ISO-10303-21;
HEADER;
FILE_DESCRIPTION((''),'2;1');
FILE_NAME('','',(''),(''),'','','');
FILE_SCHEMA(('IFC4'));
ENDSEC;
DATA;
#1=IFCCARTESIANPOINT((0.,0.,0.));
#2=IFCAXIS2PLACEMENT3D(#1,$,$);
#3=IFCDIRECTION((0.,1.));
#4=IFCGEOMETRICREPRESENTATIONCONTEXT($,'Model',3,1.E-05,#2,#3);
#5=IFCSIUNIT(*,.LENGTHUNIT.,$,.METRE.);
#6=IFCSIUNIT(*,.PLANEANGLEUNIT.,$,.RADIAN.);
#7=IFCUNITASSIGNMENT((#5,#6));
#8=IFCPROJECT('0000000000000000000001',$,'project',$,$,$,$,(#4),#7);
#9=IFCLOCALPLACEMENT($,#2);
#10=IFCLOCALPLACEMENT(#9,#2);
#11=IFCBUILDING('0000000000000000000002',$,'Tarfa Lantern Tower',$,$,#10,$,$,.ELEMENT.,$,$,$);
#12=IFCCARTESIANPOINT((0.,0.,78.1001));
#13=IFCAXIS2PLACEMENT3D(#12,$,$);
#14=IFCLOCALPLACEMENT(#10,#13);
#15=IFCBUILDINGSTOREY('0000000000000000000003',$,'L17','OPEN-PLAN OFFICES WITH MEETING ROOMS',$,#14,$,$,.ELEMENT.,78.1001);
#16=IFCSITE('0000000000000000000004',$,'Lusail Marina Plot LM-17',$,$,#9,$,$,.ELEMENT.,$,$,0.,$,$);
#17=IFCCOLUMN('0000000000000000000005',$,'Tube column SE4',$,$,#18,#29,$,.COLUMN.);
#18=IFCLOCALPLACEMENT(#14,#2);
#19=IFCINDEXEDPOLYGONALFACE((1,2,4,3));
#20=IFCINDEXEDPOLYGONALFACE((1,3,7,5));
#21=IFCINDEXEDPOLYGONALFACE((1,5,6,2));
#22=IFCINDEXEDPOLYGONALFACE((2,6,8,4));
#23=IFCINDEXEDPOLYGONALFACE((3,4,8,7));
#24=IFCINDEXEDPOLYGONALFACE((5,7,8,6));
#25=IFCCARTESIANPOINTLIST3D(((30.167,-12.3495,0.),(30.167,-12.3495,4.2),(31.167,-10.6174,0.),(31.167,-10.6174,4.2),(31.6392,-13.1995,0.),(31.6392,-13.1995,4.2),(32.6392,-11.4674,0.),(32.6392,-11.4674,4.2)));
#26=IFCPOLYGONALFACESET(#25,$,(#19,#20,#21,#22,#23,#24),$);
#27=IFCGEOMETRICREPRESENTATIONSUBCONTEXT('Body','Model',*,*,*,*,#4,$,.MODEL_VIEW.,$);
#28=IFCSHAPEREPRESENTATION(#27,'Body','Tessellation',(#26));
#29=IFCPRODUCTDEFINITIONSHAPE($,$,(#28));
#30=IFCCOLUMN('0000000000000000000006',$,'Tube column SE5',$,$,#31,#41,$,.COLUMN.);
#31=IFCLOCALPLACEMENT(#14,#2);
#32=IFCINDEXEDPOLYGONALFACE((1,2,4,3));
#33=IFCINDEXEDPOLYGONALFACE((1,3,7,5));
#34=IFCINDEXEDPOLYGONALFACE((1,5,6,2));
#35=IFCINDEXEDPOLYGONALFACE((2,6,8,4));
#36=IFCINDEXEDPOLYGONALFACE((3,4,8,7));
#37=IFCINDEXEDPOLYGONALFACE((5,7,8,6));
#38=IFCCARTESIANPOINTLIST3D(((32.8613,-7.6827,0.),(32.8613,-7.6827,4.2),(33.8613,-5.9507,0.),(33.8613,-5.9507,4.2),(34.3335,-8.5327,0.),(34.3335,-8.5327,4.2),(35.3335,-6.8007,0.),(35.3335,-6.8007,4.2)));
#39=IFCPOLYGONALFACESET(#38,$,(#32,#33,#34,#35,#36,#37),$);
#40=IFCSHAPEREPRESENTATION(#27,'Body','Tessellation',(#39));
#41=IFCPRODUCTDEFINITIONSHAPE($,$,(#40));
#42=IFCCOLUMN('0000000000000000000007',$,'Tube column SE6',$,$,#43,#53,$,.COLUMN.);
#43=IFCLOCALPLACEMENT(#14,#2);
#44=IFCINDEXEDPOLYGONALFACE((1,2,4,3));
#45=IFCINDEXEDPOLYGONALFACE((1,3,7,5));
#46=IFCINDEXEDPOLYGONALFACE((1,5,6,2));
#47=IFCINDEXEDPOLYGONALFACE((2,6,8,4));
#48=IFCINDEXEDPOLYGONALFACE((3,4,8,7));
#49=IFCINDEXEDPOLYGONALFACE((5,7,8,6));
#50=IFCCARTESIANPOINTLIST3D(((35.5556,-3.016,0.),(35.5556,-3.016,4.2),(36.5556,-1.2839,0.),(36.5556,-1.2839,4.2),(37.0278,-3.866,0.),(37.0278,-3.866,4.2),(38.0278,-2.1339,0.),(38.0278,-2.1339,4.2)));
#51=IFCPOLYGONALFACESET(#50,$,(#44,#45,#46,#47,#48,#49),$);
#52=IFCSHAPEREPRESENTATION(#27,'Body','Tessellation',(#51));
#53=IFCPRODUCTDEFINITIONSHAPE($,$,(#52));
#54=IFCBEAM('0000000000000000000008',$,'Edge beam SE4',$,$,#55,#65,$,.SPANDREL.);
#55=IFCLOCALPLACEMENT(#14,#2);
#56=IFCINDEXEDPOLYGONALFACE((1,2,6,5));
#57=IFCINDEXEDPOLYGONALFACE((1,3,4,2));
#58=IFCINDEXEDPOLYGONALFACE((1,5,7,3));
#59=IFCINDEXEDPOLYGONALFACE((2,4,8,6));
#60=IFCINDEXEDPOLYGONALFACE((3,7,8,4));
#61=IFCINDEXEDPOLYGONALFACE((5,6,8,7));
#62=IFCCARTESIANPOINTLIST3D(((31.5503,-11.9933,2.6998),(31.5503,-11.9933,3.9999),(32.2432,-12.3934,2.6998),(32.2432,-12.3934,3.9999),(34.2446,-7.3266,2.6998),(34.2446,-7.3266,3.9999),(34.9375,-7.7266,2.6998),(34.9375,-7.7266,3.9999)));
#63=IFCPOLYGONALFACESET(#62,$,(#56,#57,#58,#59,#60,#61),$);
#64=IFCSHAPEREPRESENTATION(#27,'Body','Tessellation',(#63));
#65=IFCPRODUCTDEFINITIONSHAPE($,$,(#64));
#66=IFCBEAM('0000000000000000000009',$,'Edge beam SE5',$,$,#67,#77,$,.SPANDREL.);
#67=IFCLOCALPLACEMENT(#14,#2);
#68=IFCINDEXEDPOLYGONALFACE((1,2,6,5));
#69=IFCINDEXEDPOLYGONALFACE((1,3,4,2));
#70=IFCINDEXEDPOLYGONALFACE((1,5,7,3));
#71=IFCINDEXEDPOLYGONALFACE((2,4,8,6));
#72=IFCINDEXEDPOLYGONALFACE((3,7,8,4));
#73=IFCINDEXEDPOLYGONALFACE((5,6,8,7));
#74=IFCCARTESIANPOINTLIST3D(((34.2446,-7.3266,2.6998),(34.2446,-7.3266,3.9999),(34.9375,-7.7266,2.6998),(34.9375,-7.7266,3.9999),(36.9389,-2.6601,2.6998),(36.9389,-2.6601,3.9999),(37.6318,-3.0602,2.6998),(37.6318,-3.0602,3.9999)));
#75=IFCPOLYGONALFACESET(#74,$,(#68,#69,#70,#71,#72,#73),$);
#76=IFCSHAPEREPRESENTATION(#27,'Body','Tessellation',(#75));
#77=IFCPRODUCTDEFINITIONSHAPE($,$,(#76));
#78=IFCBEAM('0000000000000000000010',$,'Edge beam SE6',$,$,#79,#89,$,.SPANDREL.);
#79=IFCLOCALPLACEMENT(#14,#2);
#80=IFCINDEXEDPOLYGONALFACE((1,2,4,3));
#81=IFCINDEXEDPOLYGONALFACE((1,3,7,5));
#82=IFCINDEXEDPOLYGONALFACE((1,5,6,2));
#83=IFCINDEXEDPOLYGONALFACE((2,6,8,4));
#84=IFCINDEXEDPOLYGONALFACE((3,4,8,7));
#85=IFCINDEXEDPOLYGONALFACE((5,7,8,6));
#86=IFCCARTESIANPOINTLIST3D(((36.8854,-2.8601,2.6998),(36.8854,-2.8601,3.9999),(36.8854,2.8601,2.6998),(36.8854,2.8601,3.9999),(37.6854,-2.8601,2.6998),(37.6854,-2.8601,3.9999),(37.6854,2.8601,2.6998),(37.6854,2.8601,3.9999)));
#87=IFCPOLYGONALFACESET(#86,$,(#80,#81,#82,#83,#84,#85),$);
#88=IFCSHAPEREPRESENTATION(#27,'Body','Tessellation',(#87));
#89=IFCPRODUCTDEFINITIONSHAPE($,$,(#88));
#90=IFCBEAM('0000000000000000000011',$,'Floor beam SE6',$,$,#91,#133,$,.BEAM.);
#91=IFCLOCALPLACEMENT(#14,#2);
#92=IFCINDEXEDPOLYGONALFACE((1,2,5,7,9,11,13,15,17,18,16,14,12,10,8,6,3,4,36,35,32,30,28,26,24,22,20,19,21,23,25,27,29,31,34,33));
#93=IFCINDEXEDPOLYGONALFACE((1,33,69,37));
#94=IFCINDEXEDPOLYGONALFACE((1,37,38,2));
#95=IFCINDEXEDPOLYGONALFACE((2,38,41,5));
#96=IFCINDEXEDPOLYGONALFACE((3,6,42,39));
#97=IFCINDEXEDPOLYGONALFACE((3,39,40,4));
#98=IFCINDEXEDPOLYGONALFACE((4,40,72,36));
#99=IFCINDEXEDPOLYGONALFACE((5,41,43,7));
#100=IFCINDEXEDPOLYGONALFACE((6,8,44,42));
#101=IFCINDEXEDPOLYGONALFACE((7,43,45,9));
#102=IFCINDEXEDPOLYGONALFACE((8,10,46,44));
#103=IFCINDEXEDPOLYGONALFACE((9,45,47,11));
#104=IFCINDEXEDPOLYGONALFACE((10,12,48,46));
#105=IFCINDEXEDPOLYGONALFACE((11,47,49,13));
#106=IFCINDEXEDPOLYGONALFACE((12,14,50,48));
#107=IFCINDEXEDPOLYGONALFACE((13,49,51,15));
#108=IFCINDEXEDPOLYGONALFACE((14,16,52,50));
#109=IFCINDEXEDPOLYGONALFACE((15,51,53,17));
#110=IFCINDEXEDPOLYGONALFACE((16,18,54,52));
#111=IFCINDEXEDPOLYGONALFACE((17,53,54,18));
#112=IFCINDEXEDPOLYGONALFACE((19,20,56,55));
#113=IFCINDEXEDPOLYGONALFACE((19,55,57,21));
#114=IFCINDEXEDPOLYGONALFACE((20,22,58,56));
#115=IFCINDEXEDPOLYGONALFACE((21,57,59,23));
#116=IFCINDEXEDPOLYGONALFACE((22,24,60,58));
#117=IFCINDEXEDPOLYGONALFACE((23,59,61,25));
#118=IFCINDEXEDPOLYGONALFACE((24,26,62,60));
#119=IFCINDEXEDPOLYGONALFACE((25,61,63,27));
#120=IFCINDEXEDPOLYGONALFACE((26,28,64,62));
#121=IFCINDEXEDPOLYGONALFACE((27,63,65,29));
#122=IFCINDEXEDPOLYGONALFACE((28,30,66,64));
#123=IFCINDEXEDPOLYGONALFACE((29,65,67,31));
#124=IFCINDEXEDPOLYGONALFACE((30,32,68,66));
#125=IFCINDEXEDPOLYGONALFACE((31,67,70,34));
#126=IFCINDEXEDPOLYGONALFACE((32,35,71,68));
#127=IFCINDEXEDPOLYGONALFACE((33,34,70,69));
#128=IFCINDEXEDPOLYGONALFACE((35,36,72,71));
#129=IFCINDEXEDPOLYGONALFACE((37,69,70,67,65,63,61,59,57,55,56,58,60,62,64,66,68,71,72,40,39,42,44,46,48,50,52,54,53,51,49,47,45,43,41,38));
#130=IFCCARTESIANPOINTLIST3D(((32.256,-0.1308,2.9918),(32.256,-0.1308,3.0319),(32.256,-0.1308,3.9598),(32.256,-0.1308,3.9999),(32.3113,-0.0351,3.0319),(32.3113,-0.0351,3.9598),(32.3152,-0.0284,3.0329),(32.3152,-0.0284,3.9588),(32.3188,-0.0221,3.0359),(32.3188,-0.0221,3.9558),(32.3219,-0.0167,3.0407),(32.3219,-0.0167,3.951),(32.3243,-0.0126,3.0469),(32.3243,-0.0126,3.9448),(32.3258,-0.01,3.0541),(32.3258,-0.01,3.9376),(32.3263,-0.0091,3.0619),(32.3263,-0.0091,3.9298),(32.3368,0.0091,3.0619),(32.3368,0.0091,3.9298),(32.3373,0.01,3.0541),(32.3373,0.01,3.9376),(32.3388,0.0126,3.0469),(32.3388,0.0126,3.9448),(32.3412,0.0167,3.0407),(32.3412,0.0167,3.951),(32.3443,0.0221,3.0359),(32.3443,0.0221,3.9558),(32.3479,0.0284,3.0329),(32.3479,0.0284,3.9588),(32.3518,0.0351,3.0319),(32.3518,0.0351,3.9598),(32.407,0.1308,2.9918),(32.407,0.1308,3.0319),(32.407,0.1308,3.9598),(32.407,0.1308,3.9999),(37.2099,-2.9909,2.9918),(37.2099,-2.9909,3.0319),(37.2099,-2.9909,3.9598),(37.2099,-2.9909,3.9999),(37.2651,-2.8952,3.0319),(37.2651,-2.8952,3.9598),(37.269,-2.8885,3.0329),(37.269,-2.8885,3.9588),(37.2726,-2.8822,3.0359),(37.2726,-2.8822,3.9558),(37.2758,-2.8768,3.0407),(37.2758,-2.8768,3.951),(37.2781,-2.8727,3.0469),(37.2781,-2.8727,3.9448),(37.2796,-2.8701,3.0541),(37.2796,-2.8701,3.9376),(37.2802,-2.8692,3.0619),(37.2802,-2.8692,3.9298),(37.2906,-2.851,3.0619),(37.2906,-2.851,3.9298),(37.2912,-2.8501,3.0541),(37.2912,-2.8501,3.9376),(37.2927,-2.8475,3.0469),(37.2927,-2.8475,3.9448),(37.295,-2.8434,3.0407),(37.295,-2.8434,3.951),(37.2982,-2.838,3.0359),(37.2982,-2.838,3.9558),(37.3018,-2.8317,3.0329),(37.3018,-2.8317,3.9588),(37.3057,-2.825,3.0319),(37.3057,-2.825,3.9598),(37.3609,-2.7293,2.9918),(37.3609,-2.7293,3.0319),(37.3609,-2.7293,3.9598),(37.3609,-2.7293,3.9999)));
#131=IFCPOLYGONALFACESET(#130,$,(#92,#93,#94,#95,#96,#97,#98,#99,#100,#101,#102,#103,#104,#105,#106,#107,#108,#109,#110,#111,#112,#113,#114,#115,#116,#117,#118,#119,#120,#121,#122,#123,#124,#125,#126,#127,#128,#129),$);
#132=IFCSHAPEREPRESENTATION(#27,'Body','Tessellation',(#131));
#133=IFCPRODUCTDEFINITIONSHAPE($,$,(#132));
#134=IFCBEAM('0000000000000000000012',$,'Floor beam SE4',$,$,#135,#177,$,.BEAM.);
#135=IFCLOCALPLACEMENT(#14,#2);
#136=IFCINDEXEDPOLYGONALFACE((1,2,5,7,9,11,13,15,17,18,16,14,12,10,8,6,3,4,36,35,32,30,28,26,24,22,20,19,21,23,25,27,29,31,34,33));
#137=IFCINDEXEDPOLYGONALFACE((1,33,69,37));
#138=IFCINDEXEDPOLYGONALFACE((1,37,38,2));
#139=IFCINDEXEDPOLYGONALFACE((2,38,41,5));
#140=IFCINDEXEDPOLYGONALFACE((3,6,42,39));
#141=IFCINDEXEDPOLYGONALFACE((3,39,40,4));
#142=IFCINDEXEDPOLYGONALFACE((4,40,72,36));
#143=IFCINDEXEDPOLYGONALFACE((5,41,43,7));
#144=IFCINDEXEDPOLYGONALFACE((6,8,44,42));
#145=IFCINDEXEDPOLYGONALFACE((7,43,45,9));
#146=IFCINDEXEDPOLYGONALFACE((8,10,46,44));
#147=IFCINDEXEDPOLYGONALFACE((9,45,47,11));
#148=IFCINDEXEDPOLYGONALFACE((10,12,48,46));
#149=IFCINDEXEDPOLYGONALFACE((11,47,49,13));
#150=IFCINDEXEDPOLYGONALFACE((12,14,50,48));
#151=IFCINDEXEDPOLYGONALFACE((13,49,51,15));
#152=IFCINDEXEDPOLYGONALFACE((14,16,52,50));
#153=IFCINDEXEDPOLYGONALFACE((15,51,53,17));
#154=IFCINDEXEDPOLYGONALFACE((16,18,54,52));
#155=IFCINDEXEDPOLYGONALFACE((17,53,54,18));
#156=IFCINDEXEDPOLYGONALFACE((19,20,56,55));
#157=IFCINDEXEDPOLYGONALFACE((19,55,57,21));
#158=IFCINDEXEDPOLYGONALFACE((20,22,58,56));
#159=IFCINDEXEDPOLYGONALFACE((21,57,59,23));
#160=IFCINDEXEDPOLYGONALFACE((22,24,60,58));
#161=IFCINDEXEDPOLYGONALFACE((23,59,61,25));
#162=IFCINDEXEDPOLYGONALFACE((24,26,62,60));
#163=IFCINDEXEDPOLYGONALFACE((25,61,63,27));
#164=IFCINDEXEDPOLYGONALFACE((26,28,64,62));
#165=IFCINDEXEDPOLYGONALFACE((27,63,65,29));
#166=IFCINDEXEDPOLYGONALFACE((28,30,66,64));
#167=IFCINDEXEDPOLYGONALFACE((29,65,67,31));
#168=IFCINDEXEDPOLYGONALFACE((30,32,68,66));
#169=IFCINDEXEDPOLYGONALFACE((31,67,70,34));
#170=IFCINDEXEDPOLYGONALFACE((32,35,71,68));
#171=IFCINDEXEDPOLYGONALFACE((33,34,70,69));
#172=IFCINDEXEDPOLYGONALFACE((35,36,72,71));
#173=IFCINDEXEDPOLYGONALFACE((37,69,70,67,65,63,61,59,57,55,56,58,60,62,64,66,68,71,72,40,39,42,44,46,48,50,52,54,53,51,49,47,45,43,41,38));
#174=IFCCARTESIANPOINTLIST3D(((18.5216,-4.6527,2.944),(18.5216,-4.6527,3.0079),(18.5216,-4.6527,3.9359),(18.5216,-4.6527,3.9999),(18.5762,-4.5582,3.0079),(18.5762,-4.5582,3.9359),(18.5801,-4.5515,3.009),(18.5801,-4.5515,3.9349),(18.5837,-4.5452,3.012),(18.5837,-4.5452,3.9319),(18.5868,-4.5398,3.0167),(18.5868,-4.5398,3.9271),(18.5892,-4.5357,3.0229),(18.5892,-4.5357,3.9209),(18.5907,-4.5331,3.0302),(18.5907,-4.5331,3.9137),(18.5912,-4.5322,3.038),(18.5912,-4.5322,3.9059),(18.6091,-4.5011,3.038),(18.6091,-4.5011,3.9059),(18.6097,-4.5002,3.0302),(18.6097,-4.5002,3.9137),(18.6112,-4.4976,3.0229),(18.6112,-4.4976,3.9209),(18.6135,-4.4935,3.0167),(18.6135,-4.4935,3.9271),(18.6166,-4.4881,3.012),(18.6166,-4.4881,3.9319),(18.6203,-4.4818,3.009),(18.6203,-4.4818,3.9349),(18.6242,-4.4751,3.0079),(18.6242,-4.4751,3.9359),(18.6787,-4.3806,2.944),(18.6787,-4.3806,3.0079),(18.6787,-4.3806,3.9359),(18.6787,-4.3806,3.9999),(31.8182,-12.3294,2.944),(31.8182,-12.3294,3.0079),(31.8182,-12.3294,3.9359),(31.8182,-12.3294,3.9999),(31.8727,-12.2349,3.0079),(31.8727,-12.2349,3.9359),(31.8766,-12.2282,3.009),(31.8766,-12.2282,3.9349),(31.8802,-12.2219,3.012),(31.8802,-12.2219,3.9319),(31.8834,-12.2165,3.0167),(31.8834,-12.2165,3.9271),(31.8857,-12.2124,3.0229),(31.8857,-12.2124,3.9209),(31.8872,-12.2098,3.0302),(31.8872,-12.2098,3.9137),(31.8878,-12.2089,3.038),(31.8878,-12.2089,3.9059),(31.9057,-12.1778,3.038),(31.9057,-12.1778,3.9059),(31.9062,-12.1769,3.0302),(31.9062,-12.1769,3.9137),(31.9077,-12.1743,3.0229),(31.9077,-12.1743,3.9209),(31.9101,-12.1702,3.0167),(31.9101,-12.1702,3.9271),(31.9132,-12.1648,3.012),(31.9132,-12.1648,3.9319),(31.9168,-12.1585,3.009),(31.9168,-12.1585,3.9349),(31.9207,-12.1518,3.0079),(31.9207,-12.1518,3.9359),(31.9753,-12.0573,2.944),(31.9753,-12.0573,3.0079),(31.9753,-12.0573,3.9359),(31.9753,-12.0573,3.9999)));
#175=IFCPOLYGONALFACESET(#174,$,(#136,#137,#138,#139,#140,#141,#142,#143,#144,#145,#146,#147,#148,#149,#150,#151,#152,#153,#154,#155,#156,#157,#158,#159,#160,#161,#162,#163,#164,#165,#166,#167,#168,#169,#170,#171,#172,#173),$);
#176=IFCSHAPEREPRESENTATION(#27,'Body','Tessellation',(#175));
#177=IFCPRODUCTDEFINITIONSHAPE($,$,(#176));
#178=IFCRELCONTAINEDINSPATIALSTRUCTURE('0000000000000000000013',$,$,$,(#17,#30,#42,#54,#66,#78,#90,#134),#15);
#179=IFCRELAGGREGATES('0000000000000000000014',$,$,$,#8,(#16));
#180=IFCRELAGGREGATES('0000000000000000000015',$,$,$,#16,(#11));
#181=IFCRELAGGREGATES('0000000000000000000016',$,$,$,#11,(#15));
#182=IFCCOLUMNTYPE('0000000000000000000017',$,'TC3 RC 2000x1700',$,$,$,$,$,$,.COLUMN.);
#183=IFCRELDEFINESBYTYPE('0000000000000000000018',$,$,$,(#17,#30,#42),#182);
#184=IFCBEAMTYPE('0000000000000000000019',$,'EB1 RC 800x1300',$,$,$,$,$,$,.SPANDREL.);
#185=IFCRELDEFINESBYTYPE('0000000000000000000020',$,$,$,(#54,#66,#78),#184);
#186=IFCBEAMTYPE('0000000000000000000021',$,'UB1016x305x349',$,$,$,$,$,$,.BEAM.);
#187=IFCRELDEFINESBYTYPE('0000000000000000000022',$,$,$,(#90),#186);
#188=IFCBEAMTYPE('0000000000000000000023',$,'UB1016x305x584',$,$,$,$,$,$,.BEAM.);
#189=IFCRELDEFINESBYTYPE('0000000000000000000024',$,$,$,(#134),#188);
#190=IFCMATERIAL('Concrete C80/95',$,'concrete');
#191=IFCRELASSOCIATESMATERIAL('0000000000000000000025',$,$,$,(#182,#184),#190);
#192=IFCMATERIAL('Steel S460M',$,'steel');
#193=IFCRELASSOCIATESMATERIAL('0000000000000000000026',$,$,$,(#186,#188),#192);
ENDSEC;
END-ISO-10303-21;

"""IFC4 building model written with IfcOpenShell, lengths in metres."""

from ifc_helpers import new_model, si_unit, direction, frame, origin, origin_2d, place, context, subcontext, project, spatial, rectangle, i_section, extrude, material, material_profile, profile_set, type_object, element, save


model = new_model("IFC4")

# Units and contexts
model_context = context("Model", 3, precision=1e-05, world=origin(), true_north=direction((0.0, 1.0)))
body_context = subcontext(model_context, "Body", "Model", "MODEL_VIEW")
ifc_project = project(units=[si_unit("LENGTHUNIT", "METRE"), si_unit("PLANEANGLEUNIT", "RADIAN")], contexts=[model_context])

# Site, building, storey
site_placement = place(None, origin())
site = spatial("IfcSite", under=ifc_project, at=site_placement, Name="Lusail Marina Plot LM-17", CompositionType="ELEMENT", RefElevation=0.0)
building_placement = place(site_placement, origin())
building = spatial("IfcBuilding", under=site, at=building_placement, Name="Tarfa Lantern Tower", CompositionType="ELEMENT")
storey_placement = place(building_placement, frame((0.0, 0.0, 78.1001)))
storey = spatial("IfcBuildingStorey", under=building, at=storey_placement, Name="L17", Description="OPEN-PLAN OFFICES WITH MEETING ROOMS", CompositionType="ELEMENT", Elevation=78.1001)

# Columns
ifc_material_1 = material(Name="Concrete C80/95", Category="concrete")
ifc_material_profile_1 = material_profile(ifc_material_1, rectangle(XDim=2.0, YDim=1.7, at=origin_2d()), Name="RC 2000x1700")
ifc_profile_set_1 = profile_set([ifc_material_profile_1], Name="Concrete C80/95")
column_type = type_object("IfcColumnType", Name="TC3 RC 2000x1700", PredefinedType="COLUMN", material=ifc_profile_set_1)
for number, where, z_axis, x_axis, name in (
    (1, (31.4031, -11.9084, 0.0), (0.0, 0.0, 1.0), (0.5, 0.866025, 0.0), "Tube column SE4"),
    (2, (34.0974, -7.2417, 0.0), (0.0, 0.0, 1.0), (0.5, 0.866025, 0.0), "Tube column SE5"),
    (3, (36.7917, -2.575, 0.0), (0.0, 0.0, 1.0), (0.5, 0.866025, 0.0), "Tube column SE6"),
):
    element("IfcColumn", number, at=place(storey_placement, frame(where, z_axis=z_axis, x_axis=x_axis)), inside=storey, type_object=column_type, Name=name, PredefinedType="COLUMN", context=body_context, shape_type="SweptSolid", body=[
        extrude(rectangle(XDim=2.0, YDim=1.7, at=origin_2d()), origin(), (0.0, 0.0, 1.0), 4.2),
    ])

# Beams
ifc_material_profile_2 = material_profile(ifc_material_1, rectangle(XDim=0.8, YDim=1.3, at=origin_2d()), Name="RC 800x1300")
ifc_profile_set_2 = profile_set([ifc_material_profile_2], Name="Concrete C80/95")
beam_type_1 = type_object("IfcBeamType", Name="EB1 RC 800x1300", PredefinedType="SPANDREL", material=ifc_profile_set_2)
beam_1_placement = place(storey_placement, frame((31.8967, -12.1934, 3.3499), z_axis=(0.499998, 0.866026, 0.0), x_axis=(-0.866026, 0.499998, 0.0)))
element("IfcBeam", 4, at=beam_1_placement, inside=storey, type_object=beam_type_1, Name="Edge beam SE4", PredefinedType="SPANDREL", context=body_context, shape_type="SweptSolid", body=[
    extrude(rectangle(XDim=0.8, YDim=1.3, at=origin_2d()), origin(), (0.0, 0.0, 1.0), 5.3887),
])
beam_2_placement = place(storey_placement, frame((34.5911, -7.5266, 3.3499), z_axis=(0.500018, 0.866015, 0.0), x_axis=(-0.866015, 0.500018, 0.0)))
element("IfcBeam", 5, at=beam_2_placement, inside=storey, type_object=beam_type_1, Name="Edge beam SE5", PredefinedType="SPANDREL", context=body_context, shape_type="SweptSolid", body=[
    extrude(rectangle(XDim=0.8, YDim=1.3, at=origin_2d()), origin(), (0.0, 0.0, 1.0), 5.3884),
])
beam_3_placement = place(storey_placement, frame((37.2854, -2.8601, 3.3499), z_axis=(0.0, 1.0, 0.0), x_axis=(-1.0, 0.0, 0.0)))
element("IfcBeam", 6, at=beam_3_placement, inside=storey, type_object=beam_type_1, Name="Edge beam SE6", PredefinedType="SPANDREL", context=body_context, shape_type="SweptSolid", body=[
    extrude(rectangle(XDim=0.8, YDim=1.3, at=origin_2d()), origin(), (0.0, 0.0, 1.0), 5.7202),
])
ifc_material_2 = material(Name="Steel S460M", Category="steel")
ifc_material_profile_3 = material_profile(ifc_material_2, i_section(OverallWidth=0.302, OverallDepth=1.0081, WebThickness=0.021, FlangeThickness=0.04, FilletRadius=0.03, at=origin_2d()), Name="UB1016x305x349")
ifc_profile_set_3 = profile_set([ifc_material_profile_3], Name="Steel S460M")
beam_type_2 = type_object("IfcBeamType", Name="UB1016x305x349", PredefinedType="BEAM", material=ifc_profile_set_3)
beam_4_placement = place(storey_placement, frame((37.2854, -2.8601, 3.4958), z_axis=(-0.866026, 0.5, 0.0), x_axis=(-0.5, -0.866026, 0.0)))
element("IfcBeam", 7, at=beam_4_placement, inside=storey, type_object=beam_type_2, Name="Floor beam SE6", PredefinedType="BEAM", context=body_context, shape_type="SweptSolid", body=[
    extrude(i_section(OverallWidth=0.302, OverallDepth=1.0081, WebThickness=0.021, FlangeThickness=0.04, FilletRadius=0.03, at=origin_2d()), origin(), (0.0, 0.0, 1.0), 5.7202),
])
ifc_material_profile_4 = material_profile(ifc_material_2, i_section(OverallWidth=0.3142, OverallDepth=1.0559, WebThickness=0.0359, FlangeThickness=0.064, FilletRadius=0.03, at=origin_2d()), Name="UB1016x305x584")
ifc_profile_set_4 = profile_set([ifc_material_profile_4], Name="Steel S460M")
beam_type_3 = type_object("IfcBeamType", Name="UB1016x305x584", PredefinedType="BEAM", material=ifc_profile_set_4)
beam_5_placement = place(storey_placement, frame((31.8967, -12.1934, 3.4719), z_axis=(-0.866027, 0.499997, 0.0), x_axis=(-0.499997, -0.866027, 0.0)))
element("IfcBeam", 8, at=beam_5_placement, inside=storey, type_object=beam_type_3, Name="Floor beam SE4", PredefinedType="BEAM", context=body_context, shape_type="SweptSolid", body=[
    extrude(i_section(OverallWidth=0.3142, OverallDepth=1.0559, WebThickness=0.0359, FlangeThickness=0.064, FilletRadius=0.03, at=origin_2d()), origin(), (0.0, 0.0, 1.0), 15.3535),
])

save(model, "model.ifc")
